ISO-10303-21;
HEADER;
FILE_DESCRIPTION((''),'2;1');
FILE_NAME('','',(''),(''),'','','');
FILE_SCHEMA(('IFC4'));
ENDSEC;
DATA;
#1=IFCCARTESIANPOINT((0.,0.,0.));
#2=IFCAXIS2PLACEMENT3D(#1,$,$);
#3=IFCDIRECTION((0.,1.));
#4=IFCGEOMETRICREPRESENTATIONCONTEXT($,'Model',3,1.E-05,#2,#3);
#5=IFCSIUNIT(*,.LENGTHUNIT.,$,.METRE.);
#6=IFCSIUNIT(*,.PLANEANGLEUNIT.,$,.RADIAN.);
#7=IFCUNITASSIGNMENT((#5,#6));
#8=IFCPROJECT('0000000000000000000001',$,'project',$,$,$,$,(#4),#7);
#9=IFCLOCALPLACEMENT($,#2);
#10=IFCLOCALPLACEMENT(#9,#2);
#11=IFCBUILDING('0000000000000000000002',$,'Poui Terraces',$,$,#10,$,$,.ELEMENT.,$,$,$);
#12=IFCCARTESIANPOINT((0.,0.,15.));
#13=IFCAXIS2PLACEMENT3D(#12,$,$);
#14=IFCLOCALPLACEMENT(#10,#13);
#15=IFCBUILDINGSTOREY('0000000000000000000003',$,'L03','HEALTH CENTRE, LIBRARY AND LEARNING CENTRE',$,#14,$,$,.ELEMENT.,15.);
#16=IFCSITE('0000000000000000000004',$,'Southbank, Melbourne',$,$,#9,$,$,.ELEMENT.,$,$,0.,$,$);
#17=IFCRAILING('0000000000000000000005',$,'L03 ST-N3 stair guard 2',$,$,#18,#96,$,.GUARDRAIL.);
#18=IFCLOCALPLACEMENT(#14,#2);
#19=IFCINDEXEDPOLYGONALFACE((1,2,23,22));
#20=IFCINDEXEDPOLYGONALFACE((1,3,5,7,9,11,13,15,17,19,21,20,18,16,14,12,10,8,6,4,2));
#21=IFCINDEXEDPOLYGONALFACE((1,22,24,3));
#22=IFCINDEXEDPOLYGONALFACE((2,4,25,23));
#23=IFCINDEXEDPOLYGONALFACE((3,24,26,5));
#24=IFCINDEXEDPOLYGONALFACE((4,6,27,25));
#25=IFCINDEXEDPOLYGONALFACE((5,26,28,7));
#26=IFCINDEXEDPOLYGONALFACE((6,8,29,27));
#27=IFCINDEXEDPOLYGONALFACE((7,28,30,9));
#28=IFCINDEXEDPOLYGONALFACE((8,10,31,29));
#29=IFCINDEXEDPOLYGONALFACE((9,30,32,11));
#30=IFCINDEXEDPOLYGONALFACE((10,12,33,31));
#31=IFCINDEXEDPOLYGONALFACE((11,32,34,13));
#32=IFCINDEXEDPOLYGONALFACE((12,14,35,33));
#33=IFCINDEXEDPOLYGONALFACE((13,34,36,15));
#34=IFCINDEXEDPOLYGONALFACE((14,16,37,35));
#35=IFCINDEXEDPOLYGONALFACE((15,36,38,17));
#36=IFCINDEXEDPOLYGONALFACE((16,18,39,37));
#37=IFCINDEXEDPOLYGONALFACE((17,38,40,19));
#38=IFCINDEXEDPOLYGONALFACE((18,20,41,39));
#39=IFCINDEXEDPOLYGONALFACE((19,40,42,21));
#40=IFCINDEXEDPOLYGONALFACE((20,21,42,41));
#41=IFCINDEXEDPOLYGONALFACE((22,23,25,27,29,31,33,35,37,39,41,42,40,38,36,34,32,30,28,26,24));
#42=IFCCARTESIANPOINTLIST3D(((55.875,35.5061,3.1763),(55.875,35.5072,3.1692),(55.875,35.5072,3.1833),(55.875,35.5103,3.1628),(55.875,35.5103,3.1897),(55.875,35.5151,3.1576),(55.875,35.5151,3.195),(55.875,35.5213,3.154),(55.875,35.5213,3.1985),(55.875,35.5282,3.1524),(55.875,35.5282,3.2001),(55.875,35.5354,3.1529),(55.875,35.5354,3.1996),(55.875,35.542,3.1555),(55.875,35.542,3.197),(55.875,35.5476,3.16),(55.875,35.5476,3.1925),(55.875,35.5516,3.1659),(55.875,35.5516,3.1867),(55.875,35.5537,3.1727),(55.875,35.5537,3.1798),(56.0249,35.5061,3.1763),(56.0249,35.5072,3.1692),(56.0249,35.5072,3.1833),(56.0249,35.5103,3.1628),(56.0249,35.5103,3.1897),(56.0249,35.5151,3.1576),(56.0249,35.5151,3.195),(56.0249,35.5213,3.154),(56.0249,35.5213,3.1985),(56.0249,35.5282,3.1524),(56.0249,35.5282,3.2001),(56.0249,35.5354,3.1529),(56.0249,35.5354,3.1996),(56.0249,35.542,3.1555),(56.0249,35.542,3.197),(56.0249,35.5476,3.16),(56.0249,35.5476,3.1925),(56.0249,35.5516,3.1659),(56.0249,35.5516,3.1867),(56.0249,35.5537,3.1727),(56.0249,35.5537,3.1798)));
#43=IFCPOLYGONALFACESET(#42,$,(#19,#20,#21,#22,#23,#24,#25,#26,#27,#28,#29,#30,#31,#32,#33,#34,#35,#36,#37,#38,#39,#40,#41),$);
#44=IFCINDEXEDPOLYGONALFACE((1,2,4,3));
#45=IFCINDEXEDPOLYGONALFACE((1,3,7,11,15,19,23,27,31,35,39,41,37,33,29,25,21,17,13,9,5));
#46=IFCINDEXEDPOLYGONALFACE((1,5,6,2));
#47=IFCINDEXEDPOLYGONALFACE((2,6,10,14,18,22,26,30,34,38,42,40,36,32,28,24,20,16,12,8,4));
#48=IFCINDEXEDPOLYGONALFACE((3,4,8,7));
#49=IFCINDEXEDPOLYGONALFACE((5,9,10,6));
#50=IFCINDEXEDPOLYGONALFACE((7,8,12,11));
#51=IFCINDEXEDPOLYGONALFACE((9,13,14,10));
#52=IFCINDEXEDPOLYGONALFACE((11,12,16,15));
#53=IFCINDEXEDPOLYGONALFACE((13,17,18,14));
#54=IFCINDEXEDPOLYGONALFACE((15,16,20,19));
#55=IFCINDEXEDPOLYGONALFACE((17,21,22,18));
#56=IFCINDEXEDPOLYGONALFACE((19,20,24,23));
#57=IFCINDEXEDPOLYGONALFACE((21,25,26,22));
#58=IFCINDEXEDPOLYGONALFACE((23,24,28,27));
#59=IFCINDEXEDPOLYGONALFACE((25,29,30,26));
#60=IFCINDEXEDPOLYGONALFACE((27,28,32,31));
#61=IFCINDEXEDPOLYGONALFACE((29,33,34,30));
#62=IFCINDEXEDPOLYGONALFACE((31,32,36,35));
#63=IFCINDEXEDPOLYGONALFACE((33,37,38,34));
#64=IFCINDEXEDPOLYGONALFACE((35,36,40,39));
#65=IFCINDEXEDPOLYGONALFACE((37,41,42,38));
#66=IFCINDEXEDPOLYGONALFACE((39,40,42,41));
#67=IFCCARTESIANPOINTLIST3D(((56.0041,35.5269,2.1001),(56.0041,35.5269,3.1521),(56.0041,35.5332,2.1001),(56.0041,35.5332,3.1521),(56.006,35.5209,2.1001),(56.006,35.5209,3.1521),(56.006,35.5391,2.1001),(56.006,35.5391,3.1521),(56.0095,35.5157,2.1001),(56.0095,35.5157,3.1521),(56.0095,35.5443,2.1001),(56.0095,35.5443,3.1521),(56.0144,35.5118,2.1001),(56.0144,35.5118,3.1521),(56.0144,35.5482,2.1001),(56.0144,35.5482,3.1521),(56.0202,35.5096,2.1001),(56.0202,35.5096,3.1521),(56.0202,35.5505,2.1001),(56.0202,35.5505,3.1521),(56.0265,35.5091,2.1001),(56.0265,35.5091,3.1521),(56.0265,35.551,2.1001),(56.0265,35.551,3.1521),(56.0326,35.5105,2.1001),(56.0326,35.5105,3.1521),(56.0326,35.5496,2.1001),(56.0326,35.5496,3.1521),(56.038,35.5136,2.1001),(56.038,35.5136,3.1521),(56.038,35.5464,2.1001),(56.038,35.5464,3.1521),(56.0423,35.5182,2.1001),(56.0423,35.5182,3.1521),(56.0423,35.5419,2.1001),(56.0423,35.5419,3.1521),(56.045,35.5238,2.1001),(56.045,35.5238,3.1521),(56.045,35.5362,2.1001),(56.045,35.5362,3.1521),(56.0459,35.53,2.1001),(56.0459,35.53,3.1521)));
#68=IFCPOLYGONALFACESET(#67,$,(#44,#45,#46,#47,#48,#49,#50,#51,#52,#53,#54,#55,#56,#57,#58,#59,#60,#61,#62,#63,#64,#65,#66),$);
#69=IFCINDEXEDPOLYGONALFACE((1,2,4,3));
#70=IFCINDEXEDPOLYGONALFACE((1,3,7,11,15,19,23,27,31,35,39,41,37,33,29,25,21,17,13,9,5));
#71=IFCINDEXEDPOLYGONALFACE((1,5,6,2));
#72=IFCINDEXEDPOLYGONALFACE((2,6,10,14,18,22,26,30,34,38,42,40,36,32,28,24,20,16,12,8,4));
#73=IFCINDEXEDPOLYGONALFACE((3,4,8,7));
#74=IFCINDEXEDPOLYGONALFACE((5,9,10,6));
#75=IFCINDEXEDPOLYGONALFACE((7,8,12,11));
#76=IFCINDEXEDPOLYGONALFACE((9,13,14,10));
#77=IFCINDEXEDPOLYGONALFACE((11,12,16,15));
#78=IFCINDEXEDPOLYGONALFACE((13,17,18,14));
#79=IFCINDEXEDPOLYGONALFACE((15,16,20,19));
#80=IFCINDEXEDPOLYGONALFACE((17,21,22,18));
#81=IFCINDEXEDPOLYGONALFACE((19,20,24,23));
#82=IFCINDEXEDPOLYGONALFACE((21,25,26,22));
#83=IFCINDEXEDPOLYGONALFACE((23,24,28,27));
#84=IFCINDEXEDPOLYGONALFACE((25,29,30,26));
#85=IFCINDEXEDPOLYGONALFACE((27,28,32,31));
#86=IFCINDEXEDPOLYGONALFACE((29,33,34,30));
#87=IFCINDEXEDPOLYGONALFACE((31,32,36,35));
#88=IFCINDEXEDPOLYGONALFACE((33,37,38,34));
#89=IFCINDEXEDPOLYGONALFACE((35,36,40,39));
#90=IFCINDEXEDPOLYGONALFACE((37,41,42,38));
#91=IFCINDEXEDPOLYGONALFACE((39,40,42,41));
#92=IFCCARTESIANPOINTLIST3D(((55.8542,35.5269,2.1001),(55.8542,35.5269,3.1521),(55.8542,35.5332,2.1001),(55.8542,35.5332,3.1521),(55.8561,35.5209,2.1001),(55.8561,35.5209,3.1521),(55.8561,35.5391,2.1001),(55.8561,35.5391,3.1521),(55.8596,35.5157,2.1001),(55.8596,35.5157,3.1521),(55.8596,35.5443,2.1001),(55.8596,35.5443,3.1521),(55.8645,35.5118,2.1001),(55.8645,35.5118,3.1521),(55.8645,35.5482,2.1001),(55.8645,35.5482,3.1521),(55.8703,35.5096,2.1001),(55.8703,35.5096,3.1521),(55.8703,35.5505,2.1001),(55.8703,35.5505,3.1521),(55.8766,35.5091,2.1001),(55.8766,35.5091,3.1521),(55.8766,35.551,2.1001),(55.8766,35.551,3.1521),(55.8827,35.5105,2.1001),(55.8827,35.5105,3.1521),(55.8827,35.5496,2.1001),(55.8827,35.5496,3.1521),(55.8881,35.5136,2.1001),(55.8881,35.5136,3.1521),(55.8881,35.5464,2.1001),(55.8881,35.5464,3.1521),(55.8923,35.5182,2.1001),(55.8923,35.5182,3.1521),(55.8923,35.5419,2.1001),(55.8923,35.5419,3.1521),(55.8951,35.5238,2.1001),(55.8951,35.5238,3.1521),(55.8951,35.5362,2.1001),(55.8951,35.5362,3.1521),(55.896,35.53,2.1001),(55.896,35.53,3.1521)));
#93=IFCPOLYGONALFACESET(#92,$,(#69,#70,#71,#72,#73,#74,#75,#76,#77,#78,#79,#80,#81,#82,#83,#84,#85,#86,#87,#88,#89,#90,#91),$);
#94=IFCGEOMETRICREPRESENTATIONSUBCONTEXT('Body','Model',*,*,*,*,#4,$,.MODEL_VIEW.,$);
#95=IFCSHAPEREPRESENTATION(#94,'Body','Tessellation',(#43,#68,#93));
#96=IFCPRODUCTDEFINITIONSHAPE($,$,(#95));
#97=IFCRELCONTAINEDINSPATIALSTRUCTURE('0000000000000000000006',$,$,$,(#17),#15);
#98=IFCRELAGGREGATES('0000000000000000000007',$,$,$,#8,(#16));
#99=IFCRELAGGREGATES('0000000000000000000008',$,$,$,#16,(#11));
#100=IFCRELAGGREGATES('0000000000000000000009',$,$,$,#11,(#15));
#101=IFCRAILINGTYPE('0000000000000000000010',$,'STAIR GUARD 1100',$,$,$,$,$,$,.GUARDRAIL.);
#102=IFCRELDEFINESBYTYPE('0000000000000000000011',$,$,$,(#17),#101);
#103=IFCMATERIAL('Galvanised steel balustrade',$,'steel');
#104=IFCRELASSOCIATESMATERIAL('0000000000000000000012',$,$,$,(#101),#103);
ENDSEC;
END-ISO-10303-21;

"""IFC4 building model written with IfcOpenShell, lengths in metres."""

from ifc_helpers import new_model, si_unit, direction, frame, origin, origin_2d, place, context, subcontext, project, spatial, circle, extrude, material, type_object, element, save


model = new_model("IFC4")

# Units and contexts
model_context = context("Model", 3, precision=1e-05, world=origin(), true_north=direction((0.0, 1.0)))
body_context = subcontext(model_context, "Body", "Model", "MODEL_VIEW")
ifc_project = project(units=[si_unit("LENGTHUNIT", "METRE"), si_unit("PLANEANGLEUNIT", "RADIAN")], contexts=[model_context])

# Site, building, storey
site_placement = place(None, origin())
site = spatial("IfcSite", under=ifc_project, at=site_placement, Name="Southbank, Melbourne", CompositionType="ELEMENT", RefElevation=0.0)
building_placement = place(site_placement, origin())
building = spatial("IfcBuilding", under=site, at=building_placement, Name="Poui Terraces", CompositionType="ELEMENT")
storey_placement = place(building_placement, frame((0.0, 0.0, 15.0)))
storey = spatial("IfcBuildingStorey", under=building, at=storey_placement, Name="L03", Description="HEALTH CENTRE, LIBRARY AND LEARNING CENTRE", CompositionType="ELEMENT", Elevation=15.0)

# Railing
ifc_material_1 = material(Name="Galvanised steel balustrade", Category="steel")
railing_type_1 = type_object("IfcRailingType", Name="STAIR GUARD 1100", PredefinedType="GUARDRAIL", material=ifc_material_1)
railing_1_placement = place(storey_placement, frame((56.0249, 35.53, 2.1001)))
element("IfcRailing", 1, at=railing_1_placement, inside=storey, type_object=railing_type_1, Name="L03 ST-N3 stair guard 2", PredefinedType="GUARDRAIL", context=body_context, shape_type="SweptSolid", body=[
    extrude(circle(Radius=0.0239, at=origin_2d()), frame((0.0, 0.0, 1.0762), z_axis=(-1.0, 0.0, 0.0), x_axis=(0.0, -1.0, 0.0)), (0.0, 0.0, 1.0), 0.1499),
    extrude(circle(Radius=0.021, at=origin_2d()), origin(), (0.0, 0.0, 1.0), 1.052),
    extrude(circle(Radius=0.021, at=origin_2d()), frame((-0.1499, 0.0, 0.0)), (0.0, 0.0, 1.0), 1.052),
])

save(model, "model.ifc")
